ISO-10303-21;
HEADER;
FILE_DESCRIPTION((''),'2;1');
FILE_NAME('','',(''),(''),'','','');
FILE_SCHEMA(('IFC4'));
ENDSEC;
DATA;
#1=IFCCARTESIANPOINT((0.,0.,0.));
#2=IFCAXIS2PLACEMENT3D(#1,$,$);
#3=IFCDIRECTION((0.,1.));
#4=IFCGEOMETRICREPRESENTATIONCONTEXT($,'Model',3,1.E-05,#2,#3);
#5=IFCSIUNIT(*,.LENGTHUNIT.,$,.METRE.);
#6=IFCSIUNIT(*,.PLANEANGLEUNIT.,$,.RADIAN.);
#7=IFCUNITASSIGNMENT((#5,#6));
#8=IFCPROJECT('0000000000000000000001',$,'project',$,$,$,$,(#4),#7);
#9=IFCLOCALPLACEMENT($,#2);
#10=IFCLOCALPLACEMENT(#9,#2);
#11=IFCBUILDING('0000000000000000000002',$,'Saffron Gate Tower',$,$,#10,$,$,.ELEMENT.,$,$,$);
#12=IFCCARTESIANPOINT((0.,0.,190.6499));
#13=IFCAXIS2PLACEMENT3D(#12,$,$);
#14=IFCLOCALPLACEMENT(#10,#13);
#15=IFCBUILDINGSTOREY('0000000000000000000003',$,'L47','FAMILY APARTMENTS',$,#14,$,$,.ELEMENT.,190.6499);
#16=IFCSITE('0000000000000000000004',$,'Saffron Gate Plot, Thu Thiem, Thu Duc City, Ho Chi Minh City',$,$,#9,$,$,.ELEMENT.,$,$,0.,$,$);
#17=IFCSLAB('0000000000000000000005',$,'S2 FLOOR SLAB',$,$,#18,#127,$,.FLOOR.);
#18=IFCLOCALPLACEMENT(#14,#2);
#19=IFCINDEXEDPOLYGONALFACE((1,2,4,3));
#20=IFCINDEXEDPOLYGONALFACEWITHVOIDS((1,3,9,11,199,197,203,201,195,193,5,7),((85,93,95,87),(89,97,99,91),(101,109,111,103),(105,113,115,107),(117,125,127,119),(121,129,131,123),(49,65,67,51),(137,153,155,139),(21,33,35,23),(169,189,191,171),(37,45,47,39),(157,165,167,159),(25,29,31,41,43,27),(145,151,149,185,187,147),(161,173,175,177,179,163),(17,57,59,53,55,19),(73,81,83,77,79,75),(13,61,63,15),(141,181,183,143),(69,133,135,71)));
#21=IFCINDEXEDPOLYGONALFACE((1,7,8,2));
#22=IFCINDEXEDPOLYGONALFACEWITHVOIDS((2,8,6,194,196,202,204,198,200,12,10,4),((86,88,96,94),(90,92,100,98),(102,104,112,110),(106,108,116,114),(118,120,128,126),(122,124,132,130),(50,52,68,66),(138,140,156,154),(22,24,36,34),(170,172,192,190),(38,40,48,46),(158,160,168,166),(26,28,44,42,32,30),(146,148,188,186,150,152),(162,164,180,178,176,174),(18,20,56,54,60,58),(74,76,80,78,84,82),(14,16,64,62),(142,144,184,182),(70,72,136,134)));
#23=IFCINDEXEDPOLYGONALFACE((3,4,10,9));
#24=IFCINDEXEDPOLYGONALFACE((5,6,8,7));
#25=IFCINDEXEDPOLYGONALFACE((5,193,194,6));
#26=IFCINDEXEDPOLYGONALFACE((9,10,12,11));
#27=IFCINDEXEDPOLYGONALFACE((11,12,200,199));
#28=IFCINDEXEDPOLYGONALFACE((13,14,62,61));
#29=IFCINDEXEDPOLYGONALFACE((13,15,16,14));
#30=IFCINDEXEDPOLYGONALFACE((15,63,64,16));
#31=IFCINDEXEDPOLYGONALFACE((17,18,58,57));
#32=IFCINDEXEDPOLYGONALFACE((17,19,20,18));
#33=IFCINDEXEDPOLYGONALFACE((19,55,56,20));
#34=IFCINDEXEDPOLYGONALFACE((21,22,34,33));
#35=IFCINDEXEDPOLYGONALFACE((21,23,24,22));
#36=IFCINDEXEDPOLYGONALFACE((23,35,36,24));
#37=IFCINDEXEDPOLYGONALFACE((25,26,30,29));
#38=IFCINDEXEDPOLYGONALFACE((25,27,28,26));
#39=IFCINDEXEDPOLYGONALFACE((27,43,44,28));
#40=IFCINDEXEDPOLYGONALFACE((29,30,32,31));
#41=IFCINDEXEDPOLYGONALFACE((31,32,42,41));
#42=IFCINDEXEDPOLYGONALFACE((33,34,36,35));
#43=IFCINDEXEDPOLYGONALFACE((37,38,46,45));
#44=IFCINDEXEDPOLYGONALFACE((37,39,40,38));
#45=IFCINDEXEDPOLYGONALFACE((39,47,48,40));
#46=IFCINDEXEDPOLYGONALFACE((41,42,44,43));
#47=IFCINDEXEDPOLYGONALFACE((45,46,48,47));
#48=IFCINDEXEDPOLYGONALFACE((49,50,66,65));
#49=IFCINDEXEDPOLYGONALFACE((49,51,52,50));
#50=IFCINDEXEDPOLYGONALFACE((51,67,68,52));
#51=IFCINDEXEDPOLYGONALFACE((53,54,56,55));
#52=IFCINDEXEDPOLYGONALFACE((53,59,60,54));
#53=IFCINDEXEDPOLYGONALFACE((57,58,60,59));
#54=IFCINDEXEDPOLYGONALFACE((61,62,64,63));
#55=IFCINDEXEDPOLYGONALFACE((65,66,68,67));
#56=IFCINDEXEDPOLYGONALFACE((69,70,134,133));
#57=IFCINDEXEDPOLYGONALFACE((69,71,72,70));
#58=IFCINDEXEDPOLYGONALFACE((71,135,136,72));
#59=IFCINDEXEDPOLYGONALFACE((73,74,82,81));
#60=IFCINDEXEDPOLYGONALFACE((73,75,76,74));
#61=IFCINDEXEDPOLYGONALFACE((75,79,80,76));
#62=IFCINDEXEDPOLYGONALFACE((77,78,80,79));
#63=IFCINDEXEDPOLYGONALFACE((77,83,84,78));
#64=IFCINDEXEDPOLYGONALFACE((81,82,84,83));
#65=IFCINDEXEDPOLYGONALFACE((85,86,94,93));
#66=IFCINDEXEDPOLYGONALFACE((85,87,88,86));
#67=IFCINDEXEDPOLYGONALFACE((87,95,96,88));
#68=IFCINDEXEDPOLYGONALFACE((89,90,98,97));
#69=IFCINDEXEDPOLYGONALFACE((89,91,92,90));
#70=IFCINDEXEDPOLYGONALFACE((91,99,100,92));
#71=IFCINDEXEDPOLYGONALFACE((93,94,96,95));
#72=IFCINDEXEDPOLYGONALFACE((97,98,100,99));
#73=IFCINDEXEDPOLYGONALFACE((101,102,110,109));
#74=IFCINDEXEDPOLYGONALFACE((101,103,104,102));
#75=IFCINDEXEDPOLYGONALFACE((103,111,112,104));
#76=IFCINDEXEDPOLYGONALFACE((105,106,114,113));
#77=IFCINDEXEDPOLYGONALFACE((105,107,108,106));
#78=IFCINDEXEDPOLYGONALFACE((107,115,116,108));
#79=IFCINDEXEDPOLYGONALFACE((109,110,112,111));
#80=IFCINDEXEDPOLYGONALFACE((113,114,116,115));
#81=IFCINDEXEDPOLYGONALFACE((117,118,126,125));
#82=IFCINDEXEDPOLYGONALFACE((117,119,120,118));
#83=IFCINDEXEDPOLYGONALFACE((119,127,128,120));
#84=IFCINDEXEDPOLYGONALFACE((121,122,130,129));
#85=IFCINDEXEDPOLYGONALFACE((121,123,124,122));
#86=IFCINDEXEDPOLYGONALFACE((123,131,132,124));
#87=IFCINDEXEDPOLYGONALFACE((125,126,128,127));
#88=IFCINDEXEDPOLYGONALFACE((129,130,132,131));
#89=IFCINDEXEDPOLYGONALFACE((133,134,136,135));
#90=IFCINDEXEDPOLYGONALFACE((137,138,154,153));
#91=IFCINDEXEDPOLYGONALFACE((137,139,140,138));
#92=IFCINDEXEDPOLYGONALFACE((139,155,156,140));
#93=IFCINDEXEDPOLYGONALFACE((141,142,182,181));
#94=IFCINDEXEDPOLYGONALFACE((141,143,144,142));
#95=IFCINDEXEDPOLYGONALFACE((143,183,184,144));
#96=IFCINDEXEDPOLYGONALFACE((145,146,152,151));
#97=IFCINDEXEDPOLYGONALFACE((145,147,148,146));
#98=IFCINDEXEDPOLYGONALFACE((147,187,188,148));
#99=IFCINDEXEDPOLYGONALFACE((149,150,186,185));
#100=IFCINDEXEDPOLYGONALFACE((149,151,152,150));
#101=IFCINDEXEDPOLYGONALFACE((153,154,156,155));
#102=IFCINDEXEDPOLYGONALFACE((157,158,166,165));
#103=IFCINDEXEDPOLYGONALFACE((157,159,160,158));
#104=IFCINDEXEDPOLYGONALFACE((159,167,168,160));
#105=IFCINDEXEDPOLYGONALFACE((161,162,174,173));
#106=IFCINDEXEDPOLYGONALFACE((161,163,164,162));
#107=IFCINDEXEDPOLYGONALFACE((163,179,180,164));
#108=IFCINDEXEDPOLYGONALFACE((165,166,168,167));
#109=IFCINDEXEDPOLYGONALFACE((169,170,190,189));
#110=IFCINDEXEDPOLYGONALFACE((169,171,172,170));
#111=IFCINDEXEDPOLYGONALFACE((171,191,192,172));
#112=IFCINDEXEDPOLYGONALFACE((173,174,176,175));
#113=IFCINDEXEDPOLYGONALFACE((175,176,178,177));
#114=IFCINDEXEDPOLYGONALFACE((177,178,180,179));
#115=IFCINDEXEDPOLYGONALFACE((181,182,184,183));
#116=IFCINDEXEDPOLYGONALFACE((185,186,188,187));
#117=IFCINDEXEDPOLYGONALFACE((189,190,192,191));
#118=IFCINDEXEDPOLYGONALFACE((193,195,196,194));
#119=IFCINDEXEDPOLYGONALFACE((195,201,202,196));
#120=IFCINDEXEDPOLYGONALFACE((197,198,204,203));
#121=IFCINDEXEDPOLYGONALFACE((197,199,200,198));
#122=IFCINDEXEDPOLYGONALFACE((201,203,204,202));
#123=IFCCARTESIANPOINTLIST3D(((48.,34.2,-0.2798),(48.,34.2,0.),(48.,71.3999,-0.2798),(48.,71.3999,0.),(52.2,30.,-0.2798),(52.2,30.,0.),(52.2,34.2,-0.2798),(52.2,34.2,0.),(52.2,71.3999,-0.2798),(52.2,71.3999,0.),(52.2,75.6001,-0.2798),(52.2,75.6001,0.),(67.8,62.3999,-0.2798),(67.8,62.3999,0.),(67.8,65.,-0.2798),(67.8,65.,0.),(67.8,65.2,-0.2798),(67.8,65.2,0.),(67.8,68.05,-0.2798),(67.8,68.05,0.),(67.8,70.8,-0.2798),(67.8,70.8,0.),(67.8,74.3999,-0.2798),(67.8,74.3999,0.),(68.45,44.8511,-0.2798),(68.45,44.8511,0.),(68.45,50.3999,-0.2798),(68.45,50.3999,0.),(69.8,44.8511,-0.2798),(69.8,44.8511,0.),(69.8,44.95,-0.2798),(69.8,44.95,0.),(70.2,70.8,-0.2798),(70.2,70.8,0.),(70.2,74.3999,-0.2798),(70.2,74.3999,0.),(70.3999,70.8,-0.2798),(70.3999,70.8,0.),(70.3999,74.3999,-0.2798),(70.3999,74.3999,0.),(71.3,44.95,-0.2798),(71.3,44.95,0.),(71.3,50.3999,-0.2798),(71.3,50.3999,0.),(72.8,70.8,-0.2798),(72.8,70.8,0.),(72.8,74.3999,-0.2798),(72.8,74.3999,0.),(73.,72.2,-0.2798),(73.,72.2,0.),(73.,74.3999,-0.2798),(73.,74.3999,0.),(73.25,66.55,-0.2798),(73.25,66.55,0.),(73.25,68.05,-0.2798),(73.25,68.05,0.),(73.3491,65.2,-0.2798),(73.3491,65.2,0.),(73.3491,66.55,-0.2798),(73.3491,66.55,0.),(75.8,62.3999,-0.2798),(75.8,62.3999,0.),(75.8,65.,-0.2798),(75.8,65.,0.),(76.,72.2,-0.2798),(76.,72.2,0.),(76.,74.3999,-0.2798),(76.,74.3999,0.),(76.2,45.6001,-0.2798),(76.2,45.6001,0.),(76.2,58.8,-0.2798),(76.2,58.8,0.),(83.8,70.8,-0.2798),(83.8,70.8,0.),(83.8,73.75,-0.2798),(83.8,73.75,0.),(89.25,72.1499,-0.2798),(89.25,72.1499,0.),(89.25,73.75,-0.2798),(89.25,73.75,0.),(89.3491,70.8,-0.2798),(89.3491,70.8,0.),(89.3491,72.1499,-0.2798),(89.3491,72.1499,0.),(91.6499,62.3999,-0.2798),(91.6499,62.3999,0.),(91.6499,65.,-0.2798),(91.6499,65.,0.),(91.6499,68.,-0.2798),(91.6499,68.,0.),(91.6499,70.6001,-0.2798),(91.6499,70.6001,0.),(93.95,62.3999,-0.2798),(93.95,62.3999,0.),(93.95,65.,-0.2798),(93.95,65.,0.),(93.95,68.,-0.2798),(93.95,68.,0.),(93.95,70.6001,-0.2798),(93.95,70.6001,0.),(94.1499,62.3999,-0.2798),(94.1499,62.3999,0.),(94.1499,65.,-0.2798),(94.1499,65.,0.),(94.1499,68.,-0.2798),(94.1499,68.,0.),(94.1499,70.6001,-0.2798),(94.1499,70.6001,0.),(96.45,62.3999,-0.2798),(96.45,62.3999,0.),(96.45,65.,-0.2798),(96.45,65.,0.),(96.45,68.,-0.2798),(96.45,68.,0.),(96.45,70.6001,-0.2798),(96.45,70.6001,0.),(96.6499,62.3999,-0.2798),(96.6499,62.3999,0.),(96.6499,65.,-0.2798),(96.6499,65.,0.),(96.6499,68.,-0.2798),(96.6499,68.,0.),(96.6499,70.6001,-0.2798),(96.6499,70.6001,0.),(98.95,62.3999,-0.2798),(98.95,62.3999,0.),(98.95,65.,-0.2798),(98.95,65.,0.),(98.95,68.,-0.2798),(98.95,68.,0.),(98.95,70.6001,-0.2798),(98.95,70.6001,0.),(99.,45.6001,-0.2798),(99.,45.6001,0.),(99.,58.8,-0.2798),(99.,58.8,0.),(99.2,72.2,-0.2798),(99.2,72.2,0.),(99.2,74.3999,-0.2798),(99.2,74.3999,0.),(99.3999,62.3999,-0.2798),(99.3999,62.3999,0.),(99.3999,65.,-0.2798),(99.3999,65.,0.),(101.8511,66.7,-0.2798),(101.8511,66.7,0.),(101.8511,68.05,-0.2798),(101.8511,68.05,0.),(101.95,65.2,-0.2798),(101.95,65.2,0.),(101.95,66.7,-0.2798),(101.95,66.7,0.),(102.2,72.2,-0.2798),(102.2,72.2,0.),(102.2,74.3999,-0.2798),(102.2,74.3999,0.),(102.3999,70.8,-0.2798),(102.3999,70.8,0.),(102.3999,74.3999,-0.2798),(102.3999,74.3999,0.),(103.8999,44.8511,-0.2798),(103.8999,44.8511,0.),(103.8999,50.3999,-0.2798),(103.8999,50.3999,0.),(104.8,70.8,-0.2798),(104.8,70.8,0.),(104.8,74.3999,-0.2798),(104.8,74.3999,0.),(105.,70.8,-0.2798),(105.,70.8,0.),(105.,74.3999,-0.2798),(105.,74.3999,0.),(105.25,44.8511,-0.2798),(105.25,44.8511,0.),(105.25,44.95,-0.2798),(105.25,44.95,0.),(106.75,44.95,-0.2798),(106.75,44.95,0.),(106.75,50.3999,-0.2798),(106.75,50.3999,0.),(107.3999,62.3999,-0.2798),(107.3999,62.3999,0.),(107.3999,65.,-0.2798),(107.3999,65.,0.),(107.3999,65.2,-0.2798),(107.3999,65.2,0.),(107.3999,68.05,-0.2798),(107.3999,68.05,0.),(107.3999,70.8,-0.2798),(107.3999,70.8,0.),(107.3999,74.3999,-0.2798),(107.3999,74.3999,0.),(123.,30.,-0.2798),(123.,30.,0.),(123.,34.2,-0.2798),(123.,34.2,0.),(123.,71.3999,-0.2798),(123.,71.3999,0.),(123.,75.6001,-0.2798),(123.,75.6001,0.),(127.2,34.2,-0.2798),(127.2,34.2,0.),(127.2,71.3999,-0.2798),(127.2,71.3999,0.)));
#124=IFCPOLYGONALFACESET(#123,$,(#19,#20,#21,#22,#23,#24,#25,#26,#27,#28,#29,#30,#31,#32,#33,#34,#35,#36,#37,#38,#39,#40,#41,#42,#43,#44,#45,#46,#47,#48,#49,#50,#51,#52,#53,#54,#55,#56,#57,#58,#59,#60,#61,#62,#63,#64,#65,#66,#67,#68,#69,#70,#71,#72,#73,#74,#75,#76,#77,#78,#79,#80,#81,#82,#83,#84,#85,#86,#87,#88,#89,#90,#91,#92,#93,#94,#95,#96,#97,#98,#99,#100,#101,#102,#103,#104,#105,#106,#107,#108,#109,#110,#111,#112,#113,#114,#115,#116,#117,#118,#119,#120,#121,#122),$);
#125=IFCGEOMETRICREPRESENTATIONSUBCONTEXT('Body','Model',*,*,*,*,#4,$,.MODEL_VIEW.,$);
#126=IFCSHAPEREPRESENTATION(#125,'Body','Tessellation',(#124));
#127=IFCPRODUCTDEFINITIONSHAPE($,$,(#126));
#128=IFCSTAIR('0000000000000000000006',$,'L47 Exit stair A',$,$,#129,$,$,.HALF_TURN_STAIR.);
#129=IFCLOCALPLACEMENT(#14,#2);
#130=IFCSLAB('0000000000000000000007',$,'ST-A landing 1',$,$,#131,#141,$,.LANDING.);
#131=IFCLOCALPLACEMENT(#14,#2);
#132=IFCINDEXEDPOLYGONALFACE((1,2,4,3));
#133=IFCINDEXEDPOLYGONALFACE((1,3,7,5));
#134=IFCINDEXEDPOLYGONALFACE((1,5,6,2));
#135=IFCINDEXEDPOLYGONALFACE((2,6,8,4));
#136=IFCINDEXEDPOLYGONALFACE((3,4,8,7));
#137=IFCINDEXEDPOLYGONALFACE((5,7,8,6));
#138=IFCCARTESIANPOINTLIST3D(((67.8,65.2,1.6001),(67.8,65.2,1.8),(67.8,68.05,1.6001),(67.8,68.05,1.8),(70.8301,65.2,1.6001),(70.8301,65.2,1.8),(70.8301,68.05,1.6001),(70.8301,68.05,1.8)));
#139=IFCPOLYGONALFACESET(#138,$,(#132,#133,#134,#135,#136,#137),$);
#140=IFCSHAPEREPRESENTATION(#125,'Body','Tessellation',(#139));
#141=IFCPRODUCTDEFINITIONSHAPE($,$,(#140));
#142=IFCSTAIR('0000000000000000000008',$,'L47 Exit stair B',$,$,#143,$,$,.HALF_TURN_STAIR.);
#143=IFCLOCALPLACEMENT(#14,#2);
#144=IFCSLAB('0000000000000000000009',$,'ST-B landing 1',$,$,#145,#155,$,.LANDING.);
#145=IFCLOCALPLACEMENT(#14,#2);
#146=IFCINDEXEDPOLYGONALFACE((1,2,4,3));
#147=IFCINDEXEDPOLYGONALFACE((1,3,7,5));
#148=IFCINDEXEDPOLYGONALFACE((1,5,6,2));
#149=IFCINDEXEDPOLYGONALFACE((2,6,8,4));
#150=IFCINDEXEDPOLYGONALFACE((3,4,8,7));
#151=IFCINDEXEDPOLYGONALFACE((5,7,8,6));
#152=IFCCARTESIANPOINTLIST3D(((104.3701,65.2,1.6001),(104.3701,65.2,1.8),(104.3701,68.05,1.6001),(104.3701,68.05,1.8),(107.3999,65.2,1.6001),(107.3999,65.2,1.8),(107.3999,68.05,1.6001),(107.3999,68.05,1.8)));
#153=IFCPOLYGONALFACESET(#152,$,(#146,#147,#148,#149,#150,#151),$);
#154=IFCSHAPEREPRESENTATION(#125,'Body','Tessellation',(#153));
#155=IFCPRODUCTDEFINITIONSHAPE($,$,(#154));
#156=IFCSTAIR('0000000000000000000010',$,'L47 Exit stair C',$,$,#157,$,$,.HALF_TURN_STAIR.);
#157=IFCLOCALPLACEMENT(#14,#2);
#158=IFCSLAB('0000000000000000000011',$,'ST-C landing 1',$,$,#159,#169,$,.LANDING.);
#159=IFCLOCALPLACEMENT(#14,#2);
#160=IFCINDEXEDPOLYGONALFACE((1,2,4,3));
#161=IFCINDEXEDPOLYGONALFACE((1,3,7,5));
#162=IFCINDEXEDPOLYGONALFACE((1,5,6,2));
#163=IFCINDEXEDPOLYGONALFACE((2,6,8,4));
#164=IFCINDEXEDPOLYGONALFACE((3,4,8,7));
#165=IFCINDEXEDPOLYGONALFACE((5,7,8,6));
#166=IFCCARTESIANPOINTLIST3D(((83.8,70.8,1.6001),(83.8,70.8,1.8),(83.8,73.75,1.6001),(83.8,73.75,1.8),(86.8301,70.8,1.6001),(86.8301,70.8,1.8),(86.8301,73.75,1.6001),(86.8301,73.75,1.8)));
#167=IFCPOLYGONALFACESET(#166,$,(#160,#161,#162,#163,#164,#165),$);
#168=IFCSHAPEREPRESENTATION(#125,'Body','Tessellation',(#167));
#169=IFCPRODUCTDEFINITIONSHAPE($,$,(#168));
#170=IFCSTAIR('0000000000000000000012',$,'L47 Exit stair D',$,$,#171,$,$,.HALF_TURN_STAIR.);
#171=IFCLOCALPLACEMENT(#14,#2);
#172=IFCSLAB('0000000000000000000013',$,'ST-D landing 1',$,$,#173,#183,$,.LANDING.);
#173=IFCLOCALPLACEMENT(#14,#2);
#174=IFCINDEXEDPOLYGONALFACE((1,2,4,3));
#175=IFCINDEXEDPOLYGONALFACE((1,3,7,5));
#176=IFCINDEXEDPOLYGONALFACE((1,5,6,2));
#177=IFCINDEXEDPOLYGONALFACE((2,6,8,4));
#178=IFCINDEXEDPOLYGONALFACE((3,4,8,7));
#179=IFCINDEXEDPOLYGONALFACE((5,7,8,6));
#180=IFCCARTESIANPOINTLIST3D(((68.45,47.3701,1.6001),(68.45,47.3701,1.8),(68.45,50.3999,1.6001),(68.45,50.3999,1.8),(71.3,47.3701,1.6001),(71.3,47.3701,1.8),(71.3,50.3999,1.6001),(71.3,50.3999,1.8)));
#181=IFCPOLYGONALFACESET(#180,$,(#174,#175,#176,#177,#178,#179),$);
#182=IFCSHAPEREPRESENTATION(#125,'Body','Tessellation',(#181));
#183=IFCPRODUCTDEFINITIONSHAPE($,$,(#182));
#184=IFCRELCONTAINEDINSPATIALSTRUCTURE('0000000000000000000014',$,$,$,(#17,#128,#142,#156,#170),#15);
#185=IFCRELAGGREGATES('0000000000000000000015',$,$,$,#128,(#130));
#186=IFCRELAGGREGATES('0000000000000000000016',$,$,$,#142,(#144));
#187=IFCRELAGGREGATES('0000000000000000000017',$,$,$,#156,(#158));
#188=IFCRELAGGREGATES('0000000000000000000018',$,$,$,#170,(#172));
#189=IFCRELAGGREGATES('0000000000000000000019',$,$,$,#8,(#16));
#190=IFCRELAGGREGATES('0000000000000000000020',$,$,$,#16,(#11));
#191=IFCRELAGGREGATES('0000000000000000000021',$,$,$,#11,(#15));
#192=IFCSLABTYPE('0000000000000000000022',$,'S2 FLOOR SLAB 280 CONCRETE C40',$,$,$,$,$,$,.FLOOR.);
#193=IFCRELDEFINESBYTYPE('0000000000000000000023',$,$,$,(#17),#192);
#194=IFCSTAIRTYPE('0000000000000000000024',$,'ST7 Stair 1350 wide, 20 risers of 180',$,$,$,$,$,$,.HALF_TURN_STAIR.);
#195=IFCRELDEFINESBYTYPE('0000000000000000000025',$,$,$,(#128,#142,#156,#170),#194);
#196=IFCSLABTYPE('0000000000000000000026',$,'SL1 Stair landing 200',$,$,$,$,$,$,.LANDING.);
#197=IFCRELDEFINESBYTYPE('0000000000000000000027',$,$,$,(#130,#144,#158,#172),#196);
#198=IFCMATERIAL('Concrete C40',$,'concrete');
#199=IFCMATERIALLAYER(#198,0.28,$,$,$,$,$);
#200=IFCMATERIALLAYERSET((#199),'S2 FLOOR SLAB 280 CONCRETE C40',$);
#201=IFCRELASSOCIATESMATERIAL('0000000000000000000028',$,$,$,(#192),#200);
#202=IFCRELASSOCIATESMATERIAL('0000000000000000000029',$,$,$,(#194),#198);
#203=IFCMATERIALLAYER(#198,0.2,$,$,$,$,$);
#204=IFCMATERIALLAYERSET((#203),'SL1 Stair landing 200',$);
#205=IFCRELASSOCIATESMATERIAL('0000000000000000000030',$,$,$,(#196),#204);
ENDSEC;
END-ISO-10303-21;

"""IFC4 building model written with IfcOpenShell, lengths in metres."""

from ifc_helpers import new_model, si_unit, direction, frame, origin, place, context, subcontext, project, spatial, polyline, outline, extrude, material, layer, layer_set, type_object, element, aggregate, save


model = new_model("IFC4")

# Units and contexts
model_context = context("Model", 3, precision=1e-05, world=origin(), true_north=direction((0.0, 1.0)))
body_context = subcontext(model_context, "Body", "Model", "MODEL_VIEW")
ifc_project = project(units=[si_unit("LENGTHUNIT", "METRE"), si_unit("PLANEANGLEUNIT", "RADIAN")], contexts=[model_context])

# Site, building, storey
site_placement = place(None, origin())
site = spatial("IfcSite", under=ifc_project, at=site_placement, Name="Saffron Gate Plot, Thu Thiem, Thu Duc City, Ho Chi Minh City", CompositionType="ELEMENT", RefElevation=0.0)
building_placement = place(site_placement, origin())
building = spatial("IfcBuilding", under=site, at=building_placement, Name="Saffron Gate Tower", CompositionType="ELEMENT")
storey_placement = place(building_placement, frame((0.0, 0.0, 190.6499)))
storey = spatial("IfcBuildingStorey", under=building, at=storey_placement, Name="L47", Description="FAMILY APARTMENTS", CompositionType="ELEMENT", Elevation=190.6499)

# Slab
ifc_material_1 = material(Name="Concrete C40", Category="concrete")
ifc_layer_1 = layer(ifc_material_1, 0.28)
ifc_layer_set_1 = layer_set([ifc_layer_1], Name="S2 FLOOR SLAB 280 CONCRETE C40")
slab_type_1 = type_object("IfcSlabType", Name="S2 FLOOR SLAB 280 CONCRETE C40", PredefinedType="FLOOR", material=ifc_layer_set_1)
slab_1_placement = place(storey_placement, frame((0.0, 0.0, -0.2798)))
element("IfcSlab", 1, at=slab_1_placement, inside=storey, type_object=slab_type_1, Name="S2 FLOOR SLAB", PredefinedType="FLOOR", context=body_context, shape_type="SweptSolid", body=[
    extrude(outline(polyline([(48.0, 34.2), (52.2, 34.2), (52.2, 30.0), (123.0, 30.0), (123.0, 34.2), (127.2, 34.2), (127.2, 71.3999), (123.0, 71.3999), (123.0, 75.6001), (52.2, 75.6001), (52.2, 71.3999), (48.0, 71.3999), (48.0, 34.2)]), holes=[polyline([(67.8, 62.3999), (67.8, 65.0), (75.8, 65.0), (75.8, 62.3999), (67.8, 62.3999)]), polyline([(67.8, 65.2), (67.8, 68.05), (73.25, 68.05), (73.25, 66.55), (73.3491, 66.55), (73.3491, 65.2), (67.8, 65.2)]), polyline([(67.8, 70.8), (67.8, 74.3999), (70.2, 74.3999), (70.2, 70.8), (67.8, 70.8)]), polyline([(68.45, 44.8511), (68.45, 50.3999), (71.3, 50.3999), (71.3, 44.95), (69.8, 44.95), (69.8, 44.8511), (68.45, 44.8511)]), polyline([(70.3999, 70.8), (70.3999, 74.3999), (72.8, 74.3999), (72.8, 70.8), (70.3999, 70.8)]), polyline([(73.0, 72.2), (73.0, 74.3999), (76.0, 74.3999), (76.0, 72.2), (73.0, 72.2)]), polyline([(76.2, 45.6001), (76.2, 58.8), (99.0, 58.8), (99.0, 45.6001), (76.2, 45.6001)]), polyline([(83.8, 70.8), (83.8, 73.75), (89.25, 73.75), (89.25, 72.1499), (89.3491, 72.1499), (89.3491, 70.8), (83.8, 70.8)]), polyline([(91.6499, 62.3999), (91.6499, 65.0), (93.95, 65.0), (93.95, 62.3999), (91.6499, 62.3999)]), polyline([(91.6499, 68.0), (91.6499, 70.6001), (93.95, 70.6001), (93.95, 68.0), (91.6499, 68.0)]), polyline([(94.1499, 62.3999), (94.1499, 65.0), (96.45, 65.0), (96.45, 62.3999), (94.1499, 62.3999)]), polyline([(94.1499, 68.0), (94.1499, 70.6001), (96.45, 70.6001), (96.45, 68.0), (94.1499, 68.0)]), polyline([(96.6499, 62.3999), (96.6499, 65.0), (98.95, 65.0), (98.95, 62.3999), (96.6499, 62.3999)]), polyline([(96.6499, 68.0), (96.6499, 70.6001), (98.95, 70.6001), (98.95, 68.0), (96.6499, 68.0)]), polyline([(99.2, 72.2), (99.2, 74.3999), (102.2, 74.3999), (102.2, 72.2), (99.2, 72.2)]), polyline([(99.3999, 62.3999), (99.3999, 65.0), (107.3999, 65.0), (107.3999, 62.3999), (99.3999, 62.3999)]), polyline([(101.8511, 66.7), (101.8511, 68.05), (107.3999, 68.05), (107.3999, 65.2), (101.95, 65.2), (101.95, 66.7), (101.8511, 66.7)]), polyline([(102.3999, 70.8), (102.3999, 74.3999), (104.8, 74.3999), (104.8, 70.8), (102.3999, 70.8)]), polyline([(103.8999, 44.8511), (103.8999, 50.3999), (106.75, 50.3999), (106.75, 44.95), (105.25, 44.95), (105.25, 44.8511), (103.8999, 44.8511)]), polyline([(105.0, 70.8), (105.0, 74.3999), (107.3999, 74.3999), (107.3999, 70.8), (105.0, 70.8)])]), origin(), (0.0, 0.0, 1.0), 0.2798),
])

# Stairs, slabs
stair_type = type_object("IfcStairType", Name="ST7 Stair 1350 wide, 20 risers of 180", PredefinedType="HALF_TURN_STAIR", material=ifc_material_1)
stair_1_placement = place(storey_placement, origin())
stair_1 = element("IfcStair", 2, at=stair_1_placement, inside=storey, type_object=stair_type, Name="L47 Exit stair A", PredefinedType="HALF_TURN_STAIR")
ifc_layer_2 = layer(ifc_material_1, 0.2)
ifc_layer_set_2 = layer_set([ifc_layer_2], Name="SL1 Stair landing 200")
slab_type_2 = type_object("IfcSlabType", Name="SL1 Stair landing 200", PredefinedType="LANDING", material=ifc_layer_set_2)
slab_2_placement = place(storey_placement, frame((0.0, 0.0, 1.6001)))
slab_2 = element("IfcSlab", 3, at=slab_2_placement, type_object=slab_type_2, Name="ST-A landing 1", PredefinedType="LANDING", context=body_context, shape_type="SweptSolid", body=[
    extrude(outline(polyline([(70.8301, 68.05), (67.8, 68.05), (67.8, 65.2), (70.8301, 65.2), (70.8301, 68.05)])), origin(), (0.0, 0.0, 1.0), 0.2),
])
aggregate(stair_1, [slab_2])
stair_2_placement = place(storey_placement, origin())
stair_2 = element("IfcStair", 4, at=stair_2_placement, inside=storey, type_object=stair_type, Name="L47 Exit stair B", PredefinedType="HALF_TURN_STAIR")
slab_3_placement = place(storey_placement, frame((0.0, 0.0, 1.6001)))
slab_3 = element("IfcSlab", 5, at=slab_3_placement, type_object=slab_type_2, Name="ST-B landing 1", PredefinedType="LANDING", context=body_context, shape_type="SweptSolid", body=[
    extrude(outline(polyline([(104.3701, 65.2), (107.3999, 65.2), (107.3999, 68.05), (104.3701, 68.05), (104.3701, 65.2)])), origin(), (0.0, 0.0, 1.0), 0.2),
])
aggregate(stair_2, [slab_3])
stair_3_placement = place(storey_placement, origin())
stair_3 = element("IfcStair", 6, at=stair_3_placement, inside=storey, type_object=stair_type, Name="L47 Exit stair C", PredefinedType="HALF_TURN_STAIR")
slab_4_placement = place(storey_placement, frame((0.0, 0.0, 1.6001)))
slab_4 = element("IfcSlab", 7, at=slab_4_placement, type_object=slab_type_2, Name="ST-C landing 1", PredefinedType="LANDING", context=body_context, shape_type="SweptSolid", body=[
    extrude(outline(polyline([(86.8301, 73.75), (83.8, 73.75), (83.8, 70.8), (86.8301, 70.8), (86.8301, 73.75)])), origin(), (0.0, 0.0, 1.0), 0.2),
])
aggregate(stair_3, [slab_4])
stair_4_placement = place(storey_placement, origin())
stair_4 = element("IfcStair", 8, at=stair_4_placement, inside=storey, type_object=stair_type, Name="L47 Exit stair D", PredefinedType="HALF_TURN_STAIR")
slab_5_placement = place(storey_placement, frame((0.0, 0.0, 1.6001)))
slab_5 = element("IfcSlab", 9, at=slab_5_placement, type_object=slab_type_2, Name="ST-D landing 1", PredefinedType="LANDING", context=body_context, shape_type="SweptSolid", body=[
    extrude(outline(polyline([(71.3, 47.3701), (71.3, 50.3999), (68.45, 50.3999), (68.45, 47.3701), (71.3, 47.3701)])), origin(), (0.0, 0.0, 1.0), 0.2),
])
aggregate(stair_4, [slab_5])

save(model, "model.ifc")
